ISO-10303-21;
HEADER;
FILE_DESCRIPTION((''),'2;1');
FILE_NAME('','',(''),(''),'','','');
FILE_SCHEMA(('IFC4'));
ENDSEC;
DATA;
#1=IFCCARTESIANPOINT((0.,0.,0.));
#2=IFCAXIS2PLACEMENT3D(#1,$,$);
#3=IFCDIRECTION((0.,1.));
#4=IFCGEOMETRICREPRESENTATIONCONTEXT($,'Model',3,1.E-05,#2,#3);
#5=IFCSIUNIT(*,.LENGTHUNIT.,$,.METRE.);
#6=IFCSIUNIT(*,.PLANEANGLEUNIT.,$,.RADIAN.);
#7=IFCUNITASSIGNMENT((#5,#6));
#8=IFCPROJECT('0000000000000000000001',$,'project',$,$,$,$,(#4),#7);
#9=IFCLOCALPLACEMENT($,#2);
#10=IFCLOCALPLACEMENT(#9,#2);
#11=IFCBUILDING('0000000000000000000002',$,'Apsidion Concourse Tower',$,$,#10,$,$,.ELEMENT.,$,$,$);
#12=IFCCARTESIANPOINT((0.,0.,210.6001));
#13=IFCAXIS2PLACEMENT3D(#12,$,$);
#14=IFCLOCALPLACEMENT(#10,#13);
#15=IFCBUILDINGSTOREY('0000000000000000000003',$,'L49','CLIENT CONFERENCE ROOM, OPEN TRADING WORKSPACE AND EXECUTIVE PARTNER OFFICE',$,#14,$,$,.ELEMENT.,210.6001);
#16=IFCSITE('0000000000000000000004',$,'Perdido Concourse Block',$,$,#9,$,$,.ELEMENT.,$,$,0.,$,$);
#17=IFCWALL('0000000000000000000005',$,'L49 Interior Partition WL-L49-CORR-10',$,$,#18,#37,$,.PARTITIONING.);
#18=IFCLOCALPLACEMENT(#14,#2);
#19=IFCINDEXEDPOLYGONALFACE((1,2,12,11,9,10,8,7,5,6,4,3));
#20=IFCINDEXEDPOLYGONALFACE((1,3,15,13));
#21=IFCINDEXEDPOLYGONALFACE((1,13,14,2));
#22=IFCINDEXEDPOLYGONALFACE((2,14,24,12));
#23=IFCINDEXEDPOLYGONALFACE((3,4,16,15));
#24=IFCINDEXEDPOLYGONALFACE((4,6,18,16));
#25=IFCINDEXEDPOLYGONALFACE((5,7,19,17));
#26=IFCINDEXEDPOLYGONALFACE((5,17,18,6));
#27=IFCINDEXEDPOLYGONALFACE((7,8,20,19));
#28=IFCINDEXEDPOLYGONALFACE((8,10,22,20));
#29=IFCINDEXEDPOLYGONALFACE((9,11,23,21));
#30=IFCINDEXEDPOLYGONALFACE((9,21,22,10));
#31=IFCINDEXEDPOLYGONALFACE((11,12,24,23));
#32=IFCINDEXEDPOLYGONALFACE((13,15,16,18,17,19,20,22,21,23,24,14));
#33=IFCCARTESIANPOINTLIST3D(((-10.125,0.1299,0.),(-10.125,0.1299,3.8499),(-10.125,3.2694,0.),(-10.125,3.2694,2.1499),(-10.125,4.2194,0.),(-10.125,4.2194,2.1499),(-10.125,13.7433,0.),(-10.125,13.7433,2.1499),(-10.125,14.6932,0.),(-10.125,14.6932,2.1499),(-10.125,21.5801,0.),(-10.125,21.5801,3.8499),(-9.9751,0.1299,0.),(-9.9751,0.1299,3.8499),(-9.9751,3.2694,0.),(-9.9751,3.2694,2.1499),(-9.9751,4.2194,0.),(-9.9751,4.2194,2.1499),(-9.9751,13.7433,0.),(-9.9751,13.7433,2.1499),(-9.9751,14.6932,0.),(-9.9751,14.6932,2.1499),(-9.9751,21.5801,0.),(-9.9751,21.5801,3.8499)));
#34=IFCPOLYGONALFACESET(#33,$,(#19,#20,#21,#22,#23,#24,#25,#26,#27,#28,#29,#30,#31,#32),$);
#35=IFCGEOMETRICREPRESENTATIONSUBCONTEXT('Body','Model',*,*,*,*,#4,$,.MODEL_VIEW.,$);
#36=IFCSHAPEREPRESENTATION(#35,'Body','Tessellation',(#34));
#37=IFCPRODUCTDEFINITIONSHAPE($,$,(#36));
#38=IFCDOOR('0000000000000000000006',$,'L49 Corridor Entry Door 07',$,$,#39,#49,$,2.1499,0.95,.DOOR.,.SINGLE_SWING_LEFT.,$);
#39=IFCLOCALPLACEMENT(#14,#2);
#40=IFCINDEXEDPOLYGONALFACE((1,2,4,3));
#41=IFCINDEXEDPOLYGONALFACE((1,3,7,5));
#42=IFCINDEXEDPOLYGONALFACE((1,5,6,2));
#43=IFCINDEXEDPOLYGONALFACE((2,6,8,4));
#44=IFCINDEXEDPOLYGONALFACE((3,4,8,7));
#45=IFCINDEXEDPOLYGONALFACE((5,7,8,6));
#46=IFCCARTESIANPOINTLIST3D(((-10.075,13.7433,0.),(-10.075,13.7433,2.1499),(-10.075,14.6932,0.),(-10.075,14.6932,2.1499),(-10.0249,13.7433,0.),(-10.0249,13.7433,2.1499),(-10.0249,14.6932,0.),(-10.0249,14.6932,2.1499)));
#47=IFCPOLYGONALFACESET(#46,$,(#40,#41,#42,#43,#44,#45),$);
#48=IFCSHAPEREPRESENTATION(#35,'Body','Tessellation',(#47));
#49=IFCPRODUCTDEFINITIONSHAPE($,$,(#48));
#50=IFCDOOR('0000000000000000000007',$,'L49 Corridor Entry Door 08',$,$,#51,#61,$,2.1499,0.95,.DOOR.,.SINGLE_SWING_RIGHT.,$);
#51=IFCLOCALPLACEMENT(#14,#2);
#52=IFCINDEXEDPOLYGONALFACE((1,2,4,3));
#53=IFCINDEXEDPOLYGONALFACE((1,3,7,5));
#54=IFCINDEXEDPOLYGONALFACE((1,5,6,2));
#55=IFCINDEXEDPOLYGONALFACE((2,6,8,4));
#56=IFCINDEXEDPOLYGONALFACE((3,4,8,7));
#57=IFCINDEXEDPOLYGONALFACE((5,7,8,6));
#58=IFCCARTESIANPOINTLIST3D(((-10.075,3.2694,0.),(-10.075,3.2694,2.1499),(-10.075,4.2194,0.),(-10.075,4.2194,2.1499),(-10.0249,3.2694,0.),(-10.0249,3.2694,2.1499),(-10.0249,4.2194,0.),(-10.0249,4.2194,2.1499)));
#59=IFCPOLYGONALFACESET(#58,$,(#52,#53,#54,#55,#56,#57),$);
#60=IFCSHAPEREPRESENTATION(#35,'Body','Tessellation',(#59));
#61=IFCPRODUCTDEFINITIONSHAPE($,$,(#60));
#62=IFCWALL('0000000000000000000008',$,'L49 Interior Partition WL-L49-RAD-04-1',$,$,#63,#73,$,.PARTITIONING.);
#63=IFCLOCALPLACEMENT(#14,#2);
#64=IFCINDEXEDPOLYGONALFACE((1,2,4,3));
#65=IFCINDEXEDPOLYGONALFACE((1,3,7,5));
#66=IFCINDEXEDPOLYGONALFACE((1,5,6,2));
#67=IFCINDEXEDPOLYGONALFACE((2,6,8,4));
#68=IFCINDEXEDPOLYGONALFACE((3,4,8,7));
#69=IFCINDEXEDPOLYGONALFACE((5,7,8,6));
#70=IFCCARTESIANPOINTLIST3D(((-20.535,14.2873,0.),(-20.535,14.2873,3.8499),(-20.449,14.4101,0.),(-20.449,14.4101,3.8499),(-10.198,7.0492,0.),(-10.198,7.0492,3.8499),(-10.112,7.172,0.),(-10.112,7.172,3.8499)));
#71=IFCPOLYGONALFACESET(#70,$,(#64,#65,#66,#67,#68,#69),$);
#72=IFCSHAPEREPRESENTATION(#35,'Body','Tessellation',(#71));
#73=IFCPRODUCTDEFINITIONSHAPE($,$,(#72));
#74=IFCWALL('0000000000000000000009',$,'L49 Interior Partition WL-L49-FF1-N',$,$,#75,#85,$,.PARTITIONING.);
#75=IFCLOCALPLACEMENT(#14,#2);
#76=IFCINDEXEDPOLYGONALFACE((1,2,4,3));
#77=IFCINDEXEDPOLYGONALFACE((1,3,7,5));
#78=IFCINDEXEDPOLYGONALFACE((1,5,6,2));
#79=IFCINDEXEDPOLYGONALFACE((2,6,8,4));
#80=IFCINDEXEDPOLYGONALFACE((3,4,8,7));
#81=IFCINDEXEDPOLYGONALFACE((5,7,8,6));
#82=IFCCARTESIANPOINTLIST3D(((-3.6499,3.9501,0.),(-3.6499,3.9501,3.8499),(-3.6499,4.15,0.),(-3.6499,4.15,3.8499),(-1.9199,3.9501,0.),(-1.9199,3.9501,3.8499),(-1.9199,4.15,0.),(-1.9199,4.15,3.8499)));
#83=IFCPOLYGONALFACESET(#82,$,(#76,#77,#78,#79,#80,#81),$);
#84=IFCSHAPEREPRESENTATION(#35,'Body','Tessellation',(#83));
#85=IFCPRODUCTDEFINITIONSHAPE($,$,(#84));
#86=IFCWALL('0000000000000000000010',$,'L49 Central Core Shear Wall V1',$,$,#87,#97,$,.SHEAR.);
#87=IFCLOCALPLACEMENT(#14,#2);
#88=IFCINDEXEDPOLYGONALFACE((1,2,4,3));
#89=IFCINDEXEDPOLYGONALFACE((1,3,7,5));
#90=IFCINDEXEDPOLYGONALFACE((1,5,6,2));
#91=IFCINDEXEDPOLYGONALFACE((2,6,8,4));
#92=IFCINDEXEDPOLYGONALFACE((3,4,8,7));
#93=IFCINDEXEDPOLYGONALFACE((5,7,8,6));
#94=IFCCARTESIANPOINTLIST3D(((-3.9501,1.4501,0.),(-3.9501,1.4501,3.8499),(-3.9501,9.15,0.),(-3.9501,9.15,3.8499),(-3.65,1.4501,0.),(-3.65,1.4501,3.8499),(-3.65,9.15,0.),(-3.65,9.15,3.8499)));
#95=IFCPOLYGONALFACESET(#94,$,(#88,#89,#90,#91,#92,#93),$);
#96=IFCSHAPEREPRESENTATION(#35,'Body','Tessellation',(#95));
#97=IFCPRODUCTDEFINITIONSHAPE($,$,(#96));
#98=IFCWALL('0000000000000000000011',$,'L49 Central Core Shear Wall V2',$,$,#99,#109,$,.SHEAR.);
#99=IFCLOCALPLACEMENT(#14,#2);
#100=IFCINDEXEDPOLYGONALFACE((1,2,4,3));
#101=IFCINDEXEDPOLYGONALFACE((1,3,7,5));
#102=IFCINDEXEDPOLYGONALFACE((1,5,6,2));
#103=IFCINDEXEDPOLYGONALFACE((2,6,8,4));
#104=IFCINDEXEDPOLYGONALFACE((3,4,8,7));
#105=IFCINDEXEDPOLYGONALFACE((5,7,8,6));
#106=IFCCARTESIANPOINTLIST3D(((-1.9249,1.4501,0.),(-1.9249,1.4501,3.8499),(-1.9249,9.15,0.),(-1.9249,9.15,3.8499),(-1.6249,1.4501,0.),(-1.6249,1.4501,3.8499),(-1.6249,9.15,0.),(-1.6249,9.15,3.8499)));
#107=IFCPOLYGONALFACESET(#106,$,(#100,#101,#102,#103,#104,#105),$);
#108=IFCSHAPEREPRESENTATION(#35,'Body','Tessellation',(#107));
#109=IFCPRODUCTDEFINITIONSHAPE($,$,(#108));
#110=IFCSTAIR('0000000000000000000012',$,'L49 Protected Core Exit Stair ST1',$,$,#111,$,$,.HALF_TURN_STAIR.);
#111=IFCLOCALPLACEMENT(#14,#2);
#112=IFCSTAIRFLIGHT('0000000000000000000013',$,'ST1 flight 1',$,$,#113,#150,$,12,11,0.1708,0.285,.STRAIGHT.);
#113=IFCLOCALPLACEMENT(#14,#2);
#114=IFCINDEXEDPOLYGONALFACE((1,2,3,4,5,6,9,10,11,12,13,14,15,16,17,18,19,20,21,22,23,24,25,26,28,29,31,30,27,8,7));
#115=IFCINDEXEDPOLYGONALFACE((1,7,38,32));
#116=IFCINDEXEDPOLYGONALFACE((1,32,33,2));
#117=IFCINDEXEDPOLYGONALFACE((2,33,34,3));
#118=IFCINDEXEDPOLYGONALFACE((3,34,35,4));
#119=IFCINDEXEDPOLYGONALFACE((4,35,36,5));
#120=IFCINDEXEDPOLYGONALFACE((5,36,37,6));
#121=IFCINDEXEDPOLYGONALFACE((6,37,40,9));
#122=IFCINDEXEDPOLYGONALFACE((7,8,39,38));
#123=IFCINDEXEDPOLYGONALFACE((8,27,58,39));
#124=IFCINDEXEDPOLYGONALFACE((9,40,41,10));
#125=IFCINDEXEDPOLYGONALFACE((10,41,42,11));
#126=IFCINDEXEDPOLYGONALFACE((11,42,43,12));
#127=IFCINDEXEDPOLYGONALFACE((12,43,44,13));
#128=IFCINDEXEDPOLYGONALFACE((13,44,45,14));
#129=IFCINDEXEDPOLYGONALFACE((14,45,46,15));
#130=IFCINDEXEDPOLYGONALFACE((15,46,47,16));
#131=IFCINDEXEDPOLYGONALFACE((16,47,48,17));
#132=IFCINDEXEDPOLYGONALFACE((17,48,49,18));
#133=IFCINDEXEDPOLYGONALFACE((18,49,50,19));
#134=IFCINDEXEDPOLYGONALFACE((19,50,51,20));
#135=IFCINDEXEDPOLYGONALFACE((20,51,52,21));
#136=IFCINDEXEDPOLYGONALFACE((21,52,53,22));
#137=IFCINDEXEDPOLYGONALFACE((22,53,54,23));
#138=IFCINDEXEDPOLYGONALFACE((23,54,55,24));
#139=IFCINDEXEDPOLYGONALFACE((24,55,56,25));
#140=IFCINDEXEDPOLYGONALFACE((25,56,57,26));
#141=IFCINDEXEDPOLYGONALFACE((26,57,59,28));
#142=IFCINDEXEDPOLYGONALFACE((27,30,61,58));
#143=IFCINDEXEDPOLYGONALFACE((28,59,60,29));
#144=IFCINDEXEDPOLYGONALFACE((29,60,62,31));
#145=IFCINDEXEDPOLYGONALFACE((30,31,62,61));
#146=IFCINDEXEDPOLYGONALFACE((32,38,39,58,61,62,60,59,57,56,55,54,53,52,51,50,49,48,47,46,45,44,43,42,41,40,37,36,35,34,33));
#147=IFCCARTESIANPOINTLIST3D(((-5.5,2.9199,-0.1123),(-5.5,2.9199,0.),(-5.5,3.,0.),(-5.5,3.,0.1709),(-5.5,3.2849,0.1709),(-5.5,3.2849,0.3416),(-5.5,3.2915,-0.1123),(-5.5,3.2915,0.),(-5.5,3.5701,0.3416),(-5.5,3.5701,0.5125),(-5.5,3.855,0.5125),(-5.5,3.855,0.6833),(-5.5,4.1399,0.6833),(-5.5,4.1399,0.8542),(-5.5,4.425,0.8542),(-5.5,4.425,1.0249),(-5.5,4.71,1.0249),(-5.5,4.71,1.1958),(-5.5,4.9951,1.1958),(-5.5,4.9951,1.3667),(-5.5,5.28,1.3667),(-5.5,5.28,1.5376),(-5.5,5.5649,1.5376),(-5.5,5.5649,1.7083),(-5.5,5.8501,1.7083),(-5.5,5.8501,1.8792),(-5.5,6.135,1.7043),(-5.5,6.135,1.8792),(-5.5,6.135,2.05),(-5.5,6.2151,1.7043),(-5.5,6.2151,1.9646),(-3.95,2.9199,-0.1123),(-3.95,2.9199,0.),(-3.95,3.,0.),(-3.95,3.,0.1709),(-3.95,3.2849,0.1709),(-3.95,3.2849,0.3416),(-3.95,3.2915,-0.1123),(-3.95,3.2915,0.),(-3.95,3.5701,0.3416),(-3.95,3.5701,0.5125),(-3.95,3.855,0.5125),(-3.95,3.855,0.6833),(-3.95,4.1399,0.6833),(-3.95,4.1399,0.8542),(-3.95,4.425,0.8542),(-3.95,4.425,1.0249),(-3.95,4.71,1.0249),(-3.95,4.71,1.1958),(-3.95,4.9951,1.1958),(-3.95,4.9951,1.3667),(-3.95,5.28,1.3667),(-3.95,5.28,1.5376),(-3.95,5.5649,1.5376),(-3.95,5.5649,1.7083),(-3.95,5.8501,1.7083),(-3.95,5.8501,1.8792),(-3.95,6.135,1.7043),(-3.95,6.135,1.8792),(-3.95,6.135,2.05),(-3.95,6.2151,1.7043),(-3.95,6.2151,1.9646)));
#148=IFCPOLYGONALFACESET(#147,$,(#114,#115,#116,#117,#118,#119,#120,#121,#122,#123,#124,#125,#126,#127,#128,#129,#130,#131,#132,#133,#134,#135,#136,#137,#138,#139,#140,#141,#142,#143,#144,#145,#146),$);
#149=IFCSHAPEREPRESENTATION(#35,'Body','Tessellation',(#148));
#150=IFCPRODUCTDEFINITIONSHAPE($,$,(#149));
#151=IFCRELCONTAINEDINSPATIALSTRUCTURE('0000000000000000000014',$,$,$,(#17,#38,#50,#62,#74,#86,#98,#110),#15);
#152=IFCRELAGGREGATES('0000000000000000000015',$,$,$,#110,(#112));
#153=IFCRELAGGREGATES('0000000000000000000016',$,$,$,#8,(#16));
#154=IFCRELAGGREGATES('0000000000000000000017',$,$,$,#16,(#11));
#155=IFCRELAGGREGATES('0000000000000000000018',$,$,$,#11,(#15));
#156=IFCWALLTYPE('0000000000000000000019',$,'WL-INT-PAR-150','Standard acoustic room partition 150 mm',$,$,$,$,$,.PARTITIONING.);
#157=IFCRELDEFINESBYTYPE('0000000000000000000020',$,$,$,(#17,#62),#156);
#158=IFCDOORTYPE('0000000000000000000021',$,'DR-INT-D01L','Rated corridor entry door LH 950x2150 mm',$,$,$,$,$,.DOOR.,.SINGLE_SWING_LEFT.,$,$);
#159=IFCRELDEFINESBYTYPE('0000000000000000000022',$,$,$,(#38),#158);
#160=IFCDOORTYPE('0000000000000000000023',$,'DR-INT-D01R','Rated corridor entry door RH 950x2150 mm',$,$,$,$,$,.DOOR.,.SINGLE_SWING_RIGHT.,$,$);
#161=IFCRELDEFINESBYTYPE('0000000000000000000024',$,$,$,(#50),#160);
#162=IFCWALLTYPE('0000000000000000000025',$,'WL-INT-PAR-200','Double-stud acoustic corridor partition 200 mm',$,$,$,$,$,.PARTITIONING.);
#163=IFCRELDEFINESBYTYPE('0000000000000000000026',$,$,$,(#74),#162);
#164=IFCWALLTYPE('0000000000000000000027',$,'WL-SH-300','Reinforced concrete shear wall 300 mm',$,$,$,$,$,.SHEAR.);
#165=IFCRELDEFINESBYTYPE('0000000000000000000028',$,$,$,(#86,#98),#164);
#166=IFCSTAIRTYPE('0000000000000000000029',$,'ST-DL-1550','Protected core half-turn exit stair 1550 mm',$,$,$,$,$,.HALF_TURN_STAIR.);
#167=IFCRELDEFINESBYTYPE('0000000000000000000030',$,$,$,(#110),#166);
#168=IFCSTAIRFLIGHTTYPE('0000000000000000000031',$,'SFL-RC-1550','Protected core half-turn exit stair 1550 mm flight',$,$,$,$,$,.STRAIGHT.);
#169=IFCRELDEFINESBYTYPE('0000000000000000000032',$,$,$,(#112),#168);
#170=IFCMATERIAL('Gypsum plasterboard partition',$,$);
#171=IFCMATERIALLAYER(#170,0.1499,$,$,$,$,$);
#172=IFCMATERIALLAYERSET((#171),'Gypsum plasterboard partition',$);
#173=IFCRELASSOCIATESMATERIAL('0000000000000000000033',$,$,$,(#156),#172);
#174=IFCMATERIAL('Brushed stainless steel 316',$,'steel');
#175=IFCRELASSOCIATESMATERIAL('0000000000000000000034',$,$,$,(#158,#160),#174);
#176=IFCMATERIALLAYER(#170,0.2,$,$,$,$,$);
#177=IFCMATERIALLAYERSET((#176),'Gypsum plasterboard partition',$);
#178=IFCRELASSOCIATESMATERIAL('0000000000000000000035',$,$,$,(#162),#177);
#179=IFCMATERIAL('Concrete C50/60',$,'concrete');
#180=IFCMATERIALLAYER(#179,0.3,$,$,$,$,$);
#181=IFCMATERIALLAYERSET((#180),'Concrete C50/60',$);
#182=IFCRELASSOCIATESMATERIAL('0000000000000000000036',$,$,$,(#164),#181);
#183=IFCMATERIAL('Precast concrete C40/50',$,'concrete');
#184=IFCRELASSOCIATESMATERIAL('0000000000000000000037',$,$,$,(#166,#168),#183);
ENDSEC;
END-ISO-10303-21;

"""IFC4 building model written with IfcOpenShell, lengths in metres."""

from ifc_helpers import new_model, si_unit, direction, frame, frame_2d, origin, place, context, subcontext, project, spatial, polyline, rectangle, outline, extrude, material, layer, layer_set, type_object, element, fill, aggregate, save


model = new_model("IFC4")

# Units and contexts
model_context = context("Model", 3, precision=1e-05, world=origin(), true_north=direction((0.0, 1.0)))
body_context = subcontext(model_context, "Body", "Model", "MODEL_VIEW")
ifc_project = project(units=[si_unit("LENGTHUNIT", "METRE"), si_unit("PLANEANGLEUNIT", "RADIAN")], contexts=[model_context])

# Site, building, storey
site_placement = place(None, origin())
site = spatial("IfcSite", under=ifc_project, at=site_placement, Name="Perdido Concourse Block", CompositionType="ELEMENT", RefElevation=0.0)
building_placement = place(site_placement, origin())
building = spatial("IfcBuilding", under=site, at=building_placement, Name="Apsidion Concourse Tower", CompositionType="ELEMENT")
storey_placement = place(building_placement, frame((0.0, 0.0, 210.6001)))
storey = spatial("IfcBuildingStorey", under=building, at=storey_placement, Name="L49", Description="CLIENT CONFERENCE ROOM, OPEN TRADING WORKSPACE AND EXECUTIVE PARTNER OFFICE", CompositionType="ELEMENT", Elevation=210.6001)

# Shared definitions
ifc_material_1 = material(Name="Concrete C50/60", Category="concrete")

# Wall, openings, doors
ifc_material_2 = material(Name="Gypsum plasterboard partition")
ifc_layer_1 = layer(ifc_material_2, 0.1499)
ifc_layer_set_1 = layer_set([ifc_layer_1], Name="Gypsum plasterboard partition")
wall_type_1 = type_object("IfcWallType", Name="WL-INT-PAR-150", Description="Standard acoustic room partition 150 mm", PredefinedType="PARTITIONING", material=ifc_layer_set_1)
wall_1_placement = place(storey_placement, frame((-10.05, 0.1299, 0.0), z_axis=(0.0, 0.0, 1.0), x_axis=(0.0, 1.0, 0.0)))
wall_1 = element("IfcWall", 1, at=wall_1_placement, inside=storey, type_object=wall_type_1, Name="L49 Interior Partition WL-L49-CORR-10", PredefinedType="PARTITIONING", context=body_context, shape_type="SweptSolid", body=[
    extrude(rectangle(XDim=21.4502, YDim=0.1499, at=frame_2d((10.7251, 0.0))), origin(), (0.0, 0.0, 1.0), 3.8499),
])
opening_1_placement = place(wall_1_placement, frame((13.6133, 0.0, 0.0)))
opening_1 = element("IfcOpeningElement", 2, at=opening_1_placement, cuts=wall_1, PredefinedType="OPENING", context=body_context, shape_type="SweptSolid", body=[
    extrude(rectangle(XDim=0.95, YDim=2.1499, at=frame_2d((0.4751, 1.075))), frame((0.0, 0.085, 0.0), z_axis=(0.0, -1.0, 0.0), x_axis=(1.0, 0.0, 0.0)), (0.0, 0.0, 1.0), 0.1699),
])
opening_2_placement = place(wall_1_placement, frame((3.1394, 0.0, 0.0)))
opening_2 = element("IfcOpeningElement", 3, at=opening_2_placement, cuts=wall_1, PredefinedType="OPENING", context=body_context, shape_type="SweptSolid", body=[
    extrude(rectangle(XDim=0.95, YDim=2.1499, at=frame_2d((0.4751, 1.075))), frame((0.0, 0.085, 0.0), z_axis=(0.0, -1.0, 0.0), x_axis=(1.0, 0.0, 0.0)), (0.0, 0.0, 1.0), 0.1699),
])
ifc_material_3 = material(Name="Brushed stainless steel 316", Category="steel")
door_type_1 = type_object("IfcDoorType", Name="DR-INT-D01L", Description="Rated corridor entry door LH 950x2150 mm", OperationType="SINGLE_SWING_LEFT", PredefinedType="DOOR", material=ifc_material_3)
door_1_placement = place(opening_1_placement, origin())
door_1 = element("IfcDoor", 4, at=door_1_placement, inside=storey, type_object=door_type_1, Name="L49 Corridor Entry Door 07", OperationType="SINGLE_SWING_LEFT", OverallHeight=2.1499, OverallWidth=0.95, PredefinedType="DOOR", context=body_context, shape_type="SweptSolid", body=[
    extrude(rectangle(XDim=0.95, YDim=2.1499, at=frame_2d((0.4751, 1.075))), frame((0.0, 0.0249, 0.0), z_axis=(0.0, -1.0, 0.0), x_axis=(1.0, 0.0, 0.0)), (0.0, 0.0, 1.0), 0.05),
])
fill(opening_1, door_1)
door_type_2 = type_object("IfcDoorType", Name="DR-INT-D01R", Description="Rated corridor entry door RH 950x2150 mm", OperationType="SINGLE_SWING_RIGHT", PredefinedType="DOOR", material=ifc_material_3)
door_2_placement = place(opening_2_placement, origin())
door_2 = element("IfcDoor", 5, at=door_2_placement, inside=storey, type_object=door_type_2, Name="L49 Corridor Entry Door 08", OperationType="SINGLE_SWING_RIGHT", OverallHeight=2.1499, OverallWidth=0.95, PredefinedType="DOOR", context=body_context, shape_type="SweptSolid", body=[
    extrude(rectangle(XDim=0.95, YDim=2.1499, at=frame_2d((0.4751, 1.075))), frame((0.0, 0.0249, 0.0), z_axis=(0.0, -1.0, 0.0), x_axis=(1.0, 0.0, 0.0)), (0.0, 0.0, 1.0), 0.05),
])
fill(opening_2, door_2)

# Walls
wall_2_placement = place(storey_placement, frame((-10.155, 7.1106, 0.0), z_axis=(0.0, 0.0, 1.0), x_axis=(-0.81915, 0.573579, 0.0)))
element("IfcWall", 6, at=wall_2_placement, inside=storey, type_object=wall_type_1, Name="L49 Interior Partition WL-L49-RAD-04-1", PredefinedType="PARTITIONING", context=body_context, shape_type="SweptSolid", body=[
    extrude(rectangle(XDim=12.6191, YDim=0.1499, at=frame_2d((6.3096, 0.0))), origin(), (0.0, 0.0, 1.0), 3.8499),
])
ifc_layer_2 = layer(ifc_material_2, 0.2)
ifc_layer_set_2 = layer_set([ifc_layer_2], Name="Gypsum plasterboard partition")
wall_type_2 = type_object("IfcWallType", Name="WL-INT-PAR-200", Description="Double-stud acoustic corridor partition 200 mm", PredefinedType="PARTITIONING", material=ifc_layer_set_2)
wall_3_placement = place(storey_placement, frame((-3.6499, 4.05, 0.0), z_axis=(0.0, 0.0, 1.0), x_axis=(1.0, 0.0, 0.0)))
element("IfcWall", 7, at=wall_3_placement, inside=storey, type_object=wall_type_2, Name="L49 Interior Partition WL-L49-FF1-N", PredefinedType="PARTITIONING", context=body_context, shape_type="SweptSolid", body=[
    extrude(rectangle(XDim=1.73, YDim=0.2, at=frame_2d((0.865, 0.0))), origin(), (0.0, 0.0, 1.0), 3.8499),
])
ifc_layer_3 = layer(ifc_material_1, 0.3)
ifc_layer_set_3 = layer_set([ifc_layer_3], Name="Concrete C50/60")
wall_type_3 = type_object("IfcWallType", Name="WL-SH-300", Description="Reinforced concrete shear wall 300 mm", PredefinedType="SHEAR", material=ifc_layer_set_3)
for number, where, z_axis, x_axis, name in (
    (8, (-3.8, 1.45, 0.0), (0.0, 0.0, 1.0), (0.0, 1.0, 0.0), "L49 Central Core Shear Wall V1"),
    (9, (-1.7749, 1.45, 0.0), (0.0, 0.0, 1.0), (0.0, 1.0, 0.0), "L49 Central Core Shear Wall V2"),
):
    element("IfcWall", number, at=place(storey_placement, frame(where, z_axis=z_axis, x_axis=x_axis)), inside=storey, type_object=wall_type_3, Name=name, PredefinedType="SHEAR", context=body_context, shape_type="SweptSolid", body=[
        extrude(rectangle(XDim=7.7, YDim=0.3, at=frame_2d((3.8501, 0.0))), origin(), (0.0, 0.0, 1.0), 3.8499),
    ])

# Stair, stair flight
ifc_material_4 = material(Name="Precast concrete C40/50", Category="concrete")
stair_type = type_object("IfcStairType", Name="ST-DL-1550", Description="Protected core half-turn exit stair 1550 mm", PredefinedType="HALF_TURN_STAIR", material=ifc_material_4)
stair_placement = place(storey_placement, origin())
stair = element("IfcStair", 10, at=stair_placement, inside=storey, type_object=stair_type, Name="L49 Protected Core Exit Stair ST1", PredefinedType="HALF_TURN_STAIR")
stair_flight_type = type_object("IfcStairFlightType", Name="SFL-RC-1550", Description="Protected core half-turn exit stair 1550 mm flight", PredefinedType="STRAIGHT", material=ifc_material_4)
stair_flight_1_placement = place(storey_placement, frame((-4.7251, 3.0, 0.0), z_axis=(0.0, 0.0, 1.0), x_axis=(0.0, 1.0, 0.0)))
stair_flight_1 = element("IfcStairFlight", 11, at=stair_flight_1_placement, type_object=stair_flight_type, Name="ST1 flight 1", NumberOfRisers=12, NumberOfTreads=11, PredefinedType="STRAIGHT", RiserHeight=0.1708, TreadLength=0.285, context=body_context, shape_type="SweptSolid", body=[
    extrude(outline(polyline([(-0.0801, -0.1123), (-0.0801, 0.0), (0.0, 0.0), (0.0, 0.1709), (0.2849, 0.1709), (0.2849, 0.3416), (0.5701, 0.3416), (0.5701, 0.5125), (0.855, 0.5125), (0.855, 0.6833), (1.1399, 0.6833), (1.1399, 0.8542), (1.425, 0.8542), (1.425, 1.0249), (1.71, 1.0249), (1.71, 1.1958), (1.9951, 1.1958), (1.9951, 1.3667), (2.28, 1.3667), (2.28, 1.5376), (2.5649, 1.5376), (2.5649, 1.7083), (2.8501, 1.7083), (2.8501, 1.8792), (3.135, 1.8792), (3.135, 2.05), (3.2151, 1.9646), (3.2151, 1.7043), (3.135, 1.7043), (0.2915, 0.0), (0.2915, -0.1123), (-0.0801, -0.1123)])), frame((0.0, 0.7749, 0.0), z_axis=(0.0, -1.0, 0.0), x_axis=(1.0, 0.0, 0.0)), (0.0, 0.0, 1.0), 1.55),
])
aggregate(stair, [stair_flight_1])

save(model, "model.ifc")
